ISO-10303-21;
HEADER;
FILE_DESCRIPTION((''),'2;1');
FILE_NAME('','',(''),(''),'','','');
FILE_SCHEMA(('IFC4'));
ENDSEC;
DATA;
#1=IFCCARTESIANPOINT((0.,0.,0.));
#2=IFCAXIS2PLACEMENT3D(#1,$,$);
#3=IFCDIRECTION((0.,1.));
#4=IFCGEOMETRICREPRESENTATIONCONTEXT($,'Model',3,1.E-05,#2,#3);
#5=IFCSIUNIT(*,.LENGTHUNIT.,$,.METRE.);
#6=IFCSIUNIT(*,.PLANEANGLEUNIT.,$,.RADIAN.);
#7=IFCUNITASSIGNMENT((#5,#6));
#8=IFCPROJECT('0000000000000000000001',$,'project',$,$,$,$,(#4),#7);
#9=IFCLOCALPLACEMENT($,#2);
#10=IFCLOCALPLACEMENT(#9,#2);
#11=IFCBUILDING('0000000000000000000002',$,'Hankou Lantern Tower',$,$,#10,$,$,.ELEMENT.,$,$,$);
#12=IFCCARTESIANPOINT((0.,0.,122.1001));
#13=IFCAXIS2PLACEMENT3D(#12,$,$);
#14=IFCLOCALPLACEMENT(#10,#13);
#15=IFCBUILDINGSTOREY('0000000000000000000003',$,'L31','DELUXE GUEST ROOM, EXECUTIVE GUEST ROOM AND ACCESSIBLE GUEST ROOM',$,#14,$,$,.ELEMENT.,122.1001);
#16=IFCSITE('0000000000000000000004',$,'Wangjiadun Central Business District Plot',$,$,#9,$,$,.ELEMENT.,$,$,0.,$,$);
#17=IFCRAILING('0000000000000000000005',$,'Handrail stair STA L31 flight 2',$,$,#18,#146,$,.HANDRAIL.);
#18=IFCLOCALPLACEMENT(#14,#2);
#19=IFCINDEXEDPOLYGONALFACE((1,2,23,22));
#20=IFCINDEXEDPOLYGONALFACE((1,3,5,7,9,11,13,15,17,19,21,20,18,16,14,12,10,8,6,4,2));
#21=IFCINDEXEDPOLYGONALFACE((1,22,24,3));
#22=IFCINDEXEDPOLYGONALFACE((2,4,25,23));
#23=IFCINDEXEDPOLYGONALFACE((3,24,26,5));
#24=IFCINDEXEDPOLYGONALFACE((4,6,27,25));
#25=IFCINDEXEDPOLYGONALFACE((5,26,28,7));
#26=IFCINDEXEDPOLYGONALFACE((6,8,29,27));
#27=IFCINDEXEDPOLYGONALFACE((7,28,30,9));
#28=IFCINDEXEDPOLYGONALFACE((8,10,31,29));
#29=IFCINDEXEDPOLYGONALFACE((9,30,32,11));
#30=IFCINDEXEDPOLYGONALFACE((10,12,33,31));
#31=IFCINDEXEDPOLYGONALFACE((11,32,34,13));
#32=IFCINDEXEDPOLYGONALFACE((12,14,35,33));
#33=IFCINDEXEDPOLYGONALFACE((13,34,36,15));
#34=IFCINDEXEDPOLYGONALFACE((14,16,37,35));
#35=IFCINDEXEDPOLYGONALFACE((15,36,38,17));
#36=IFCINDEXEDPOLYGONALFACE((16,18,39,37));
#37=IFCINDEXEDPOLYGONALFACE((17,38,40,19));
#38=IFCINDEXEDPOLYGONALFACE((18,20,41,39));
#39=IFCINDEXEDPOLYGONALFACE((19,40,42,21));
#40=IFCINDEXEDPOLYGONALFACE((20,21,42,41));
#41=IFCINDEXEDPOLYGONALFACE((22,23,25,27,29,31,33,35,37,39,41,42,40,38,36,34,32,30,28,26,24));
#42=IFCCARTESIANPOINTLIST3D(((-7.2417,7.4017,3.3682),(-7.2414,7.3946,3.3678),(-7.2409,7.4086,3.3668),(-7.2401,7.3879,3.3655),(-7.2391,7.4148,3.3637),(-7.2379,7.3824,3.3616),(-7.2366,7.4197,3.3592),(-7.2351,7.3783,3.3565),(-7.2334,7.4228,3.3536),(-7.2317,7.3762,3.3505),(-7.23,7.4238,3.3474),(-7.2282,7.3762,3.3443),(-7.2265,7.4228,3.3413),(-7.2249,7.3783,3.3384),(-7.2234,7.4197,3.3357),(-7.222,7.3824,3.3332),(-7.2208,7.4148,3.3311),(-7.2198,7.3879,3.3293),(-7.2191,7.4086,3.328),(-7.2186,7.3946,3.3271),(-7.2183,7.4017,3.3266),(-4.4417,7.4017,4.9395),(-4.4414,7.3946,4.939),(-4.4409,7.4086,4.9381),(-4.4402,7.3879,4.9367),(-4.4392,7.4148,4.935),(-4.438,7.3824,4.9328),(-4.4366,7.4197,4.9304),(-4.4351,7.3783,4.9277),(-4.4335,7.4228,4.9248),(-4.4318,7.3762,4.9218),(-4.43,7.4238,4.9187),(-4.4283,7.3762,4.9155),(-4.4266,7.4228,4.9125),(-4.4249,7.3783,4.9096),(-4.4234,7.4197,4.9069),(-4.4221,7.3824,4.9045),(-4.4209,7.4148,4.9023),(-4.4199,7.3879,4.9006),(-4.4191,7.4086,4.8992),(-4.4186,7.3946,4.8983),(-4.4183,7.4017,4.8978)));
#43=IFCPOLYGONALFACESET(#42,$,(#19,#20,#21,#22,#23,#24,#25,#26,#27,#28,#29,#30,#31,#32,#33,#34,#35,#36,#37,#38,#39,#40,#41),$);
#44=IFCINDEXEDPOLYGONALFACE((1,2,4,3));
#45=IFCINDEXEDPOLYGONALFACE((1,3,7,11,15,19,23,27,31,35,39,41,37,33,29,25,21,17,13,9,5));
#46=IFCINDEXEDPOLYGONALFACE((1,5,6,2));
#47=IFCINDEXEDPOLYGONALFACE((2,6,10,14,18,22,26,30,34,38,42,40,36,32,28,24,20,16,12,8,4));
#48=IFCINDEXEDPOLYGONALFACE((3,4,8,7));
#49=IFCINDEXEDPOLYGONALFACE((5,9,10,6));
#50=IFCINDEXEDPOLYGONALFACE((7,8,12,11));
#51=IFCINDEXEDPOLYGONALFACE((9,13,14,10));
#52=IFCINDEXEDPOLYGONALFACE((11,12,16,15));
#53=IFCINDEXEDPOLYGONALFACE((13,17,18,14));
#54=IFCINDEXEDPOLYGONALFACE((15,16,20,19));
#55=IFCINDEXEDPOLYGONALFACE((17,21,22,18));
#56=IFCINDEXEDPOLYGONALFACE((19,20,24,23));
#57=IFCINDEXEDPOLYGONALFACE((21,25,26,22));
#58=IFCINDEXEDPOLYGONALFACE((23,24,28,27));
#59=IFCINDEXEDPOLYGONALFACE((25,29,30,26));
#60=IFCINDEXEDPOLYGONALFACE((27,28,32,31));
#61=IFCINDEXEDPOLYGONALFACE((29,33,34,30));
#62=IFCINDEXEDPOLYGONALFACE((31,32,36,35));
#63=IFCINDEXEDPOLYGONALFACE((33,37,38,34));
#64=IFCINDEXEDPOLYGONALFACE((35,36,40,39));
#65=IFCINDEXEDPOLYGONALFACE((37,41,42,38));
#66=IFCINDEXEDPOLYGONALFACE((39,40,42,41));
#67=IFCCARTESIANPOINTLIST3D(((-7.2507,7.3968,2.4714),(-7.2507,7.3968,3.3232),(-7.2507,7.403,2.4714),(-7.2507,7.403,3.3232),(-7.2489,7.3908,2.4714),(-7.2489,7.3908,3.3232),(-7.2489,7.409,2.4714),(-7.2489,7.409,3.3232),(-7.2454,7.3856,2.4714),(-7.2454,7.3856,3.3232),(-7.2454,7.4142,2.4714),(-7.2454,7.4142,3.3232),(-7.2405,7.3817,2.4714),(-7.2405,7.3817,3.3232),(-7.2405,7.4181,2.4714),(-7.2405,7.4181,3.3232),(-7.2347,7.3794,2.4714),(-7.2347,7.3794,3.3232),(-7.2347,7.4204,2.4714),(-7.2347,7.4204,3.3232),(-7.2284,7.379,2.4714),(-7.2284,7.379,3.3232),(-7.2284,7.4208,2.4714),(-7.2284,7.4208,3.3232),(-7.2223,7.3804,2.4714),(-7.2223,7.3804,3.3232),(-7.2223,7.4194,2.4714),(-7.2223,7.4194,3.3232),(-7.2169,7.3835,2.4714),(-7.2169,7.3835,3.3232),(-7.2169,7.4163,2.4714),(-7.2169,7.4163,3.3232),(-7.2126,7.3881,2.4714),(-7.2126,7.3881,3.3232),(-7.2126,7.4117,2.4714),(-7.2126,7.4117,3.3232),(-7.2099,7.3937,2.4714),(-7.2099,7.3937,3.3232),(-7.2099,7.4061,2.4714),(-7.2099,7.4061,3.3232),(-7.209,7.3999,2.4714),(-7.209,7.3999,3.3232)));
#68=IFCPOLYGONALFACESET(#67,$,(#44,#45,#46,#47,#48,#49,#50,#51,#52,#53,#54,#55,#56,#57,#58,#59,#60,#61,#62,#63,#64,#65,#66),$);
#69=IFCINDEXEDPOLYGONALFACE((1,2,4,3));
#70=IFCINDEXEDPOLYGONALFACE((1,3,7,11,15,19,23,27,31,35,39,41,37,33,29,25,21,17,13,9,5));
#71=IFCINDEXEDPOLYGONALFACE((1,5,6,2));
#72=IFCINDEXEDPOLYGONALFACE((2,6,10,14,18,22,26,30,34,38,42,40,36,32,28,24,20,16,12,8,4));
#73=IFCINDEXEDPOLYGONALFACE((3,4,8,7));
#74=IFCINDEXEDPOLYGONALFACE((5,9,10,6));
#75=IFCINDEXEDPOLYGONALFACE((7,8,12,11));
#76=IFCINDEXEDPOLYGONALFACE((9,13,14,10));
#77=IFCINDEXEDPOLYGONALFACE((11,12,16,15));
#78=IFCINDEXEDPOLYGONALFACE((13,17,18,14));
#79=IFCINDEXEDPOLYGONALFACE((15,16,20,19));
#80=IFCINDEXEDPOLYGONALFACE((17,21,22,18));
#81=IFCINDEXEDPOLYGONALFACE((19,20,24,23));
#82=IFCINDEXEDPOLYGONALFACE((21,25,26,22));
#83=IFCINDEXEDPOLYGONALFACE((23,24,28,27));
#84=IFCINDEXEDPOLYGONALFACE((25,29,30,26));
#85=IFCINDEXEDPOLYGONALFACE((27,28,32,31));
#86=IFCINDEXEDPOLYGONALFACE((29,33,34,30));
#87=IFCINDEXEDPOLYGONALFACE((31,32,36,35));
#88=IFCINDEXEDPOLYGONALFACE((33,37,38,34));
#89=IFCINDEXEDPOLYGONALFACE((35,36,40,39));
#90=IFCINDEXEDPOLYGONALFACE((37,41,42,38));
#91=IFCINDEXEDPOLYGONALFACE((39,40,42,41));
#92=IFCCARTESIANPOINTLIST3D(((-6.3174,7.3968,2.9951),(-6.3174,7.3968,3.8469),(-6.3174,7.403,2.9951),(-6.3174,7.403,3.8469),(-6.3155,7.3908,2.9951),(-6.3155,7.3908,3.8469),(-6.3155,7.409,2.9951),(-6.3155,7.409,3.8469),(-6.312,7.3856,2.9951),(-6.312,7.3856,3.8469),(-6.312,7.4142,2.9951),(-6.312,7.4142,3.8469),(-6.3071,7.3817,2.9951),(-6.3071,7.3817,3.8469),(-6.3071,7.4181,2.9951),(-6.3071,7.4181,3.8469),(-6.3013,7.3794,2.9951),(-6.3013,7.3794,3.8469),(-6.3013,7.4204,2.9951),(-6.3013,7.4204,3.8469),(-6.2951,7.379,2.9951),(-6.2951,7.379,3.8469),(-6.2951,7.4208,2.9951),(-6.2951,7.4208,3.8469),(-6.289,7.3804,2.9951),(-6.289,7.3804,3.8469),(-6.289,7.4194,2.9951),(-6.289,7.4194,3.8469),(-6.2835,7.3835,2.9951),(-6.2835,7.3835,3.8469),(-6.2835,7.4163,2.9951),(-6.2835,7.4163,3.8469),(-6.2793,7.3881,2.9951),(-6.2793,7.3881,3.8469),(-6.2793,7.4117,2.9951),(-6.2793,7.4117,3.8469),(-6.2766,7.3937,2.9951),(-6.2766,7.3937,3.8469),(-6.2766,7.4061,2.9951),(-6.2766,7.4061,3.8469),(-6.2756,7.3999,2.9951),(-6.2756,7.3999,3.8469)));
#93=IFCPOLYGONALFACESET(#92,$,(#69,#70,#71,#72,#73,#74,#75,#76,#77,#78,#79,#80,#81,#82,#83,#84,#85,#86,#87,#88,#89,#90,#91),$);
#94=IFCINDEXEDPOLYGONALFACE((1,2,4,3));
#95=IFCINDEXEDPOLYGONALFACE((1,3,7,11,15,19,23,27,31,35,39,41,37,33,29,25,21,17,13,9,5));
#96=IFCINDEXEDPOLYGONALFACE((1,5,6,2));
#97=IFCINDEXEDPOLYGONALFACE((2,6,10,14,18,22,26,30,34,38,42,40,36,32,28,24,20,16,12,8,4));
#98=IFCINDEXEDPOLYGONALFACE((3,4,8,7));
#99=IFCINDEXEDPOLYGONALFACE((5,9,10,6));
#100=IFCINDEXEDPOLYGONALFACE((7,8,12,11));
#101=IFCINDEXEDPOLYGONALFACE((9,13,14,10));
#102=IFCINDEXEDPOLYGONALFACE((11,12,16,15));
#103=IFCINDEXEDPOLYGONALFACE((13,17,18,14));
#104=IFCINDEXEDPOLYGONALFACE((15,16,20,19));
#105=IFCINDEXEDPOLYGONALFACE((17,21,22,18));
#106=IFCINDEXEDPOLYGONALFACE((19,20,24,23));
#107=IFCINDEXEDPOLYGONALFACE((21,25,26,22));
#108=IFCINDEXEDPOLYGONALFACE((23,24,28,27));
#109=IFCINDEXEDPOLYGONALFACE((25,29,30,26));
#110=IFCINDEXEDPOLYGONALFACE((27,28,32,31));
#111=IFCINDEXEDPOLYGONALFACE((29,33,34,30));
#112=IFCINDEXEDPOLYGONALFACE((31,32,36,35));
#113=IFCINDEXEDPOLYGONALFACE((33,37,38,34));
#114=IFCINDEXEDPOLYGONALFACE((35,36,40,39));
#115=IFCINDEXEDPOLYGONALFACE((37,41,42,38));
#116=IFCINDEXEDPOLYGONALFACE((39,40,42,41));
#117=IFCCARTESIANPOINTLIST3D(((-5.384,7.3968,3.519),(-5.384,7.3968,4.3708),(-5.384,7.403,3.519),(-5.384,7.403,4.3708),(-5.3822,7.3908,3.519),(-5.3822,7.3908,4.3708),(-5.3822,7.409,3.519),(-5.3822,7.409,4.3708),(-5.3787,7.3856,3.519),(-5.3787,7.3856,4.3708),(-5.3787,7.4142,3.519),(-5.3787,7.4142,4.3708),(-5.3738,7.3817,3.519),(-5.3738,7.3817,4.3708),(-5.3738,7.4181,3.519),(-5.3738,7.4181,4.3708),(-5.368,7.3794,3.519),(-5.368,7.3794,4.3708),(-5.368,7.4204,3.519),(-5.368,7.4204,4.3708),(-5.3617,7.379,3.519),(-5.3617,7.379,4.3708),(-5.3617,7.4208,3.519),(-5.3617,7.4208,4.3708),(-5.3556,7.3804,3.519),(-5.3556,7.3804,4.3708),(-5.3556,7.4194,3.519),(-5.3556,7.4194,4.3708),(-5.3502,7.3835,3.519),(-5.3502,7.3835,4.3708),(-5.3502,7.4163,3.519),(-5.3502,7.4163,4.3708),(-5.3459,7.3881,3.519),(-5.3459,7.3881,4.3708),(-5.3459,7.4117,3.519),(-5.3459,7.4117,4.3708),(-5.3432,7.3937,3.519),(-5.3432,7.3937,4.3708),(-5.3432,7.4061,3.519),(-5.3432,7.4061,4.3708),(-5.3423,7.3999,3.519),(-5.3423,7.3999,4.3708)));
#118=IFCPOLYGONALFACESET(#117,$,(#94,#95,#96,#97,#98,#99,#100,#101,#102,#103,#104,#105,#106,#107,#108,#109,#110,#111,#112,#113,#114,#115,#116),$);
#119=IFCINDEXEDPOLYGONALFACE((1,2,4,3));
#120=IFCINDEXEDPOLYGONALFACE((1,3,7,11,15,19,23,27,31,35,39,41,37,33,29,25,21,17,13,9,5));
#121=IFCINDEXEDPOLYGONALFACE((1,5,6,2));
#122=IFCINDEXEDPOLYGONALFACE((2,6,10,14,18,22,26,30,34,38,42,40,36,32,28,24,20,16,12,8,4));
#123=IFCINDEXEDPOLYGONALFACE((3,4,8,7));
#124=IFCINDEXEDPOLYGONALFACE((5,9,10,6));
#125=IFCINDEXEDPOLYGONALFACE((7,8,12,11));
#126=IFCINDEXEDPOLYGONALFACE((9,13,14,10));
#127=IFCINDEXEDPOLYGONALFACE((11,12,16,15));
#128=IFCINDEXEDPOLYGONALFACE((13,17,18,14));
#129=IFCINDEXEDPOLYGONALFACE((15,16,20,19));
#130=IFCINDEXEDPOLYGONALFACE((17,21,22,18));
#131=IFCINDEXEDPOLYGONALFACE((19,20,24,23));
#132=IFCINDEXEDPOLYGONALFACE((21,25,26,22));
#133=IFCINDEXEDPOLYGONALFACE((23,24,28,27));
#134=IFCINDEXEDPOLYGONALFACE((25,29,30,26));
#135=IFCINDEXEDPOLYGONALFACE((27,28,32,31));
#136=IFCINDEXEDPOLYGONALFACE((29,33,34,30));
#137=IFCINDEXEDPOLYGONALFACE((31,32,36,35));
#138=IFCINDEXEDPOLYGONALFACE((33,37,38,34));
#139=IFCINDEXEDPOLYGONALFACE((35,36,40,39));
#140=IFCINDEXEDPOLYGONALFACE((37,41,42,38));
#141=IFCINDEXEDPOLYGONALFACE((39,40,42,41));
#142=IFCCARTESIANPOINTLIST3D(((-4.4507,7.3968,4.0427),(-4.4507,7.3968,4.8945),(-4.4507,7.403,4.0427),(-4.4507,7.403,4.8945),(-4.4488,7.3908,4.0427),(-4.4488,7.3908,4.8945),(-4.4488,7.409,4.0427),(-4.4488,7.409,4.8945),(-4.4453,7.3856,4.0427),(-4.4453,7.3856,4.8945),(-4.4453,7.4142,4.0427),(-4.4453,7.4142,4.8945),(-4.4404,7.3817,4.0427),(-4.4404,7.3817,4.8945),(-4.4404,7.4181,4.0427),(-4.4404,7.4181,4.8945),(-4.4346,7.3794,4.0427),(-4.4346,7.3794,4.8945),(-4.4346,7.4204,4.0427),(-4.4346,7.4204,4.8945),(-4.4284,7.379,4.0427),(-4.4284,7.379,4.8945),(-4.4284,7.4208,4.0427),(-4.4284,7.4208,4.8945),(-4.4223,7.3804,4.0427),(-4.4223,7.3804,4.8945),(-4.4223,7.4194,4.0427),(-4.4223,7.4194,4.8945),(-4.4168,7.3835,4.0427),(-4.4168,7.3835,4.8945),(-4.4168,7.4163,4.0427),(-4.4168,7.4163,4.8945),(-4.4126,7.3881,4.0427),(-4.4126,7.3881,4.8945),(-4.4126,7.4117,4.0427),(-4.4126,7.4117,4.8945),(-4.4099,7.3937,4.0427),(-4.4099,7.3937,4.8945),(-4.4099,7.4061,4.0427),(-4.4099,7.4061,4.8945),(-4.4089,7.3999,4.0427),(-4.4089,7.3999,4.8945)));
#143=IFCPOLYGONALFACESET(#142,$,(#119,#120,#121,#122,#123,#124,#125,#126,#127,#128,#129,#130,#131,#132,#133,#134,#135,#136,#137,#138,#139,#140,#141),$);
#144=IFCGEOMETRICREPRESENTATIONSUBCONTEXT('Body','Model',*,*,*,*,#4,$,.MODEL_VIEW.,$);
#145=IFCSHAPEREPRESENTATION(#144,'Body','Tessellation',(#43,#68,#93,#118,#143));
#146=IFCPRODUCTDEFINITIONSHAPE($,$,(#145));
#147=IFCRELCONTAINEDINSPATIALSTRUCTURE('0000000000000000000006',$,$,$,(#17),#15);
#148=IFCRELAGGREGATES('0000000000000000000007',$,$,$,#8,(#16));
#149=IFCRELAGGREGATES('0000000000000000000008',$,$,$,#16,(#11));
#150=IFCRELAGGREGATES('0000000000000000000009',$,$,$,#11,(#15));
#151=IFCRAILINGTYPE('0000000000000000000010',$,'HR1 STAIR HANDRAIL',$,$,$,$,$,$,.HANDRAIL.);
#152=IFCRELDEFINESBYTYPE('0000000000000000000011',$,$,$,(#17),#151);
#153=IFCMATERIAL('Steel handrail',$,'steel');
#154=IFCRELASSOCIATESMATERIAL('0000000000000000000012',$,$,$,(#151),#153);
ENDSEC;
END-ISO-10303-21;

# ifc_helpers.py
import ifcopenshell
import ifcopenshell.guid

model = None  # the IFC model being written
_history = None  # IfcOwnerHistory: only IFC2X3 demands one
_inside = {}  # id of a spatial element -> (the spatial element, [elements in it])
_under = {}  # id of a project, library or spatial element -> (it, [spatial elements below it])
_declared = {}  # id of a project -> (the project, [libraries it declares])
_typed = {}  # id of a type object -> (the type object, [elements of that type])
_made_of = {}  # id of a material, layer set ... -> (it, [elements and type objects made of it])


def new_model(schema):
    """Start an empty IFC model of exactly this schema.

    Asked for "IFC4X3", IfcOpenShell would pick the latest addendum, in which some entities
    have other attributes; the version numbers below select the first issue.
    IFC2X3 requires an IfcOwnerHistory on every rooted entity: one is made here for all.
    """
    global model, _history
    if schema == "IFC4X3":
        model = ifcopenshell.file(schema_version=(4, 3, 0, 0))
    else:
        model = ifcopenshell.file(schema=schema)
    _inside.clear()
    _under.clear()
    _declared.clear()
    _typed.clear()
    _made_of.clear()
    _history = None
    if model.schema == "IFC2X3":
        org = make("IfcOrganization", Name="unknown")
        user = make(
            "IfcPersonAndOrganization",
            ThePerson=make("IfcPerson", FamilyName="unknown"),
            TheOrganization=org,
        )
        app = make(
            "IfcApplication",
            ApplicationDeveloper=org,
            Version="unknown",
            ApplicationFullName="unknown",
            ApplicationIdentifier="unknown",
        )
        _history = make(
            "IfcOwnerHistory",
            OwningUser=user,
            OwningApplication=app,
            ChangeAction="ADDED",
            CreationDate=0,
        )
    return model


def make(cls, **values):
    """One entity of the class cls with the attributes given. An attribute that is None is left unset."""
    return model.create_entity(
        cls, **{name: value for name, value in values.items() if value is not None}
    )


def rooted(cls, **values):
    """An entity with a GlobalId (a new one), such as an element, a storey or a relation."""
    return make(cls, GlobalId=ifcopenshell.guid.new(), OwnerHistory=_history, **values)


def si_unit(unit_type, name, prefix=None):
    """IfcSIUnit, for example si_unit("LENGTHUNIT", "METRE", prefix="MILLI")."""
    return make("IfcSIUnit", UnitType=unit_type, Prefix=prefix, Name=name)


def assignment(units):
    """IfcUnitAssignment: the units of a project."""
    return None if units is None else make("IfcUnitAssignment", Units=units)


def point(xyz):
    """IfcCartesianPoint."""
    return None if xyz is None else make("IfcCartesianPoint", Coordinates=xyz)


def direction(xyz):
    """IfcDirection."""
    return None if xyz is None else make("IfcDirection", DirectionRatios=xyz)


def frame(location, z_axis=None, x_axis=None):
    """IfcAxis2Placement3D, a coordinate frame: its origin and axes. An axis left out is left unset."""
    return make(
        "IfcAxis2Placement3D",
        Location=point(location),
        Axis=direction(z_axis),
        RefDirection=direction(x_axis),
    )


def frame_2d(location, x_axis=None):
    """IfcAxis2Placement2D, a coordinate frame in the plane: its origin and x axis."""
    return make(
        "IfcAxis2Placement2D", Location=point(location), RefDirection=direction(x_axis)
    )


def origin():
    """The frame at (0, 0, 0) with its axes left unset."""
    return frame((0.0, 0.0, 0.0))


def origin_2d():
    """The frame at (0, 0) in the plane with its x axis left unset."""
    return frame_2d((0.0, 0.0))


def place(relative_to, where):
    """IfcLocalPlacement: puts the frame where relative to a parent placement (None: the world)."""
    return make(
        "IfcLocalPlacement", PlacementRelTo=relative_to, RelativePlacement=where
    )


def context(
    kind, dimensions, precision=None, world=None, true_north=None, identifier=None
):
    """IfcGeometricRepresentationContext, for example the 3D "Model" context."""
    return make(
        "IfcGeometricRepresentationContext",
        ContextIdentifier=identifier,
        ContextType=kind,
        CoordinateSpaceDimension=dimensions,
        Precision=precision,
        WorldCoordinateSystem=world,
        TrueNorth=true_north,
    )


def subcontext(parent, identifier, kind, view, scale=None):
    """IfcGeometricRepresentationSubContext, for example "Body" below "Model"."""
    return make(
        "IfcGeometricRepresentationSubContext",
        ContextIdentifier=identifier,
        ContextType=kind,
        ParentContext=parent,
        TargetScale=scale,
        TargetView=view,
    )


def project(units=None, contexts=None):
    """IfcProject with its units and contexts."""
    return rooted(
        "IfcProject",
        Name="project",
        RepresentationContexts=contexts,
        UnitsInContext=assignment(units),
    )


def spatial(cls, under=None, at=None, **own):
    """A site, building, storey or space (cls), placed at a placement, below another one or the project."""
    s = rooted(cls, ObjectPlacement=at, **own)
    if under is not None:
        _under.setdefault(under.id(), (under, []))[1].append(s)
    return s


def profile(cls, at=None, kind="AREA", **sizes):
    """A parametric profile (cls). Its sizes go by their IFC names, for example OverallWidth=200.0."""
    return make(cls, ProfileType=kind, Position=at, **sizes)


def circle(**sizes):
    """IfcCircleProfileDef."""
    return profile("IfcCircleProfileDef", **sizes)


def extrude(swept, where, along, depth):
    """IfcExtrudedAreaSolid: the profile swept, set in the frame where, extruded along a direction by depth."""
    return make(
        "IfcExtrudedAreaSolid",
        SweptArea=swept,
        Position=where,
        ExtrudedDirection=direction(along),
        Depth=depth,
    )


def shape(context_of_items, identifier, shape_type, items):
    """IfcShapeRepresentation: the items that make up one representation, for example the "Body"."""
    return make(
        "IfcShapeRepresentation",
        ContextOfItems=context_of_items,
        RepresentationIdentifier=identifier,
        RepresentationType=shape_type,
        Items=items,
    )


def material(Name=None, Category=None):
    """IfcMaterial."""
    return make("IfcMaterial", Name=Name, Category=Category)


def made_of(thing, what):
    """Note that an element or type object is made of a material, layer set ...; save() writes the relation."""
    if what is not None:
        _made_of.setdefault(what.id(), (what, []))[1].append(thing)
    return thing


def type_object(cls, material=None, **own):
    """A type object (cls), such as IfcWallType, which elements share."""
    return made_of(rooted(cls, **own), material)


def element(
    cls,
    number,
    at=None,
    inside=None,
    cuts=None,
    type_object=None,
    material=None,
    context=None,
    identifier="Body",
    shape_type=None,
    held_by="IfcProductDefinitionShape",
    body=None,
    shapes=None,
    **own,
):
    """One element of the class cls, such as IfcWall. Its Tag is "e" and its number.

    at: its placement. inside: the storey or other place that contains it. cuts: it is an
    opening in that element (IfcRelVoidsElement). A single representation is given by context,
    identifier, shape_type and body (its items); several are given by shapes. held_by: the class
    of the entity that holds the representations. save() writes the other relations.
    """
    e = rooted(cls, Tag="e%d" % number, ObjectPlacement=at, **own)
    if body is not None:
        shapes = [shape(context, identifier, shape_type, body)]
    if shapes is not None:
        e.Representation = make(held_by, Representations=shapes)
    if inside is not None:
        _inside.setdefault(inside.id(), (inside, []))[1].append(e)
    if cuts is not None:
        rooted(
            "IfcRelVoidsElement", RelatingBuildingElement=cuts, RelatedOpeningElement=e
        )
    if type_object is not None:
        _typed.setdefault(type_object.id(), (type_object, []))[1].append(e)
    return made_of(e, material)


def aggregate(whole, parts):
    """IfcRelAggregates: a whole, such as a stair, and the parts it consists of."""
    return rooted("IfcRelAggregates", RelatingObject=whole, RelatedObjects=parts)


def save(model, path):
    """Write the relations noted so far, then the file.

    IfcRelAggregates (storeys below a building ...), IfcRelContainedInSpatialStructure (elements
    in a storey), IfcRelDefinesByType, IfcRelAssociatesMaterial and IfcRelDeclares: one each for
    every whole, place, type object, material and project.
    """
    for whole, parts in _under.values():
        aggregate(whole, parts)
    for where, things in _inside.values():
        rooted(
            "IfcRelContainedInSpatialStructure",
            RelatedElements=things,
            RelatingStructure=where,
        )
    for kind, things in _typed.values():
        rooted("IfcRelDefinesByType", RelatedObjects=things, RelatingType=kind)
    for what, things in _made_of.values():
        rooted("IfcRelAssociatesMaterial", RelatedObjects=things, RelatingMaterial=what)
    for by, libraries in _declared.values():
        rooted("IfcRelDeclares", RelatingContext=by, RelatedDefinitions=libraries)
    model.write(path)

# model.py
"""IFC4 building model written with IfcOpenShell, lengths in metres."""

from ifc_helpers import new_model, si_unit, direction, frame, origin, origin_2d, place, context, subcontext, project, spatial, circle, extrude, material, type_object, element, save


model = new_model("IFC4")

# Units and contexts
model_context = context("Model", 3, precision=1e-05, world=origin(), true_north=direction((0.0, 1.0)))
body_context = subcontext(model_context, "Body", "Model", "MODEL_VIEW")
ifc_project = project(units=[si_unit("LENGTHUNIT", "METRE"), si_unit("PLANEANGLEUNIT", "RADIAN")], contexts=[model_context])

# Site, building, storey
site_placement = place(None, origin())
site = spatial("IfcSite", under=ifc_project, at=site_placement, Name="Wangjiadun Central Business District Plot", CompositionType="ELEMENT", RefElevation=0.0)
building_placement = place(site_placement, origin())
building = spatial("IfcBuilding", under=site, at=building_placement, Name="Hankou Lantern Tower", CompositionType="ELEMENT")
storey_placement = place(building_placement, frame((0.0, 0.0, 122.1001)))
storey = spatial("IfcBuildingStorey", under=building, at=storey_placement, Name="L31", Description="DELUXE GUEST ROOM, EXECUTIVE GUEST ROOM AND ACCESSIBLE GUEST ROOM", CompositionType="ELEMENT", Elevation=122.1001)

# Railing
ifc_material_1 = material(Name="Steel handrail", Category="steel")
railing_type = type_object("IfcRailingType", Name="HR1 STAIR HANDRAIL", PredefinedType="HANDRAIL", material=ifc_material_1)
railing_1_placement = place(storey_placement, frame((-7.23, 7.3999, 2.4714)))
element("IfcRailing", 1, at=railing_1_placement, inside=storey, type_object=railing_type, Name="Handrail stair STA L31 flight 2", PredefinedType="HANDRAIL", context=body_context, shape_type="SweptSolid", body=[
    extrude(circle(Radius=0.0239, at=origin_2d()), frame((0.0, 0.0, 0.876), z_axis=(0.872073, 0.0, 0.489377), x_axis=(0.0, 1.0, 0.0)), (0.0, 0.0, 1.0), 3.2107),
    extrude(circle(Radius=0.021, at=origin_2d()), origin(), (0.0, 0.0, 1.0), 0.8518),
    extrude(circle(Radius=0.021, at=origin_2d()), frame((0.9333, 0.0, 0.5237)), (0.0, 0.0, 1.0), 0.8518),
    extrude(circle(Radius=0.021, at=origin_2d()), frame((1.8667, 0.0, 1.0476)), (0.0, 0.0, 1.0), 0.8518),
    extrude(circle(Radius=0.021, at=origin_2d()), frame((2.8, 0.0, 1.5713)), (0.0, 0.0, 1.0), 0.8518),
])

save(model, "model.ifc")
